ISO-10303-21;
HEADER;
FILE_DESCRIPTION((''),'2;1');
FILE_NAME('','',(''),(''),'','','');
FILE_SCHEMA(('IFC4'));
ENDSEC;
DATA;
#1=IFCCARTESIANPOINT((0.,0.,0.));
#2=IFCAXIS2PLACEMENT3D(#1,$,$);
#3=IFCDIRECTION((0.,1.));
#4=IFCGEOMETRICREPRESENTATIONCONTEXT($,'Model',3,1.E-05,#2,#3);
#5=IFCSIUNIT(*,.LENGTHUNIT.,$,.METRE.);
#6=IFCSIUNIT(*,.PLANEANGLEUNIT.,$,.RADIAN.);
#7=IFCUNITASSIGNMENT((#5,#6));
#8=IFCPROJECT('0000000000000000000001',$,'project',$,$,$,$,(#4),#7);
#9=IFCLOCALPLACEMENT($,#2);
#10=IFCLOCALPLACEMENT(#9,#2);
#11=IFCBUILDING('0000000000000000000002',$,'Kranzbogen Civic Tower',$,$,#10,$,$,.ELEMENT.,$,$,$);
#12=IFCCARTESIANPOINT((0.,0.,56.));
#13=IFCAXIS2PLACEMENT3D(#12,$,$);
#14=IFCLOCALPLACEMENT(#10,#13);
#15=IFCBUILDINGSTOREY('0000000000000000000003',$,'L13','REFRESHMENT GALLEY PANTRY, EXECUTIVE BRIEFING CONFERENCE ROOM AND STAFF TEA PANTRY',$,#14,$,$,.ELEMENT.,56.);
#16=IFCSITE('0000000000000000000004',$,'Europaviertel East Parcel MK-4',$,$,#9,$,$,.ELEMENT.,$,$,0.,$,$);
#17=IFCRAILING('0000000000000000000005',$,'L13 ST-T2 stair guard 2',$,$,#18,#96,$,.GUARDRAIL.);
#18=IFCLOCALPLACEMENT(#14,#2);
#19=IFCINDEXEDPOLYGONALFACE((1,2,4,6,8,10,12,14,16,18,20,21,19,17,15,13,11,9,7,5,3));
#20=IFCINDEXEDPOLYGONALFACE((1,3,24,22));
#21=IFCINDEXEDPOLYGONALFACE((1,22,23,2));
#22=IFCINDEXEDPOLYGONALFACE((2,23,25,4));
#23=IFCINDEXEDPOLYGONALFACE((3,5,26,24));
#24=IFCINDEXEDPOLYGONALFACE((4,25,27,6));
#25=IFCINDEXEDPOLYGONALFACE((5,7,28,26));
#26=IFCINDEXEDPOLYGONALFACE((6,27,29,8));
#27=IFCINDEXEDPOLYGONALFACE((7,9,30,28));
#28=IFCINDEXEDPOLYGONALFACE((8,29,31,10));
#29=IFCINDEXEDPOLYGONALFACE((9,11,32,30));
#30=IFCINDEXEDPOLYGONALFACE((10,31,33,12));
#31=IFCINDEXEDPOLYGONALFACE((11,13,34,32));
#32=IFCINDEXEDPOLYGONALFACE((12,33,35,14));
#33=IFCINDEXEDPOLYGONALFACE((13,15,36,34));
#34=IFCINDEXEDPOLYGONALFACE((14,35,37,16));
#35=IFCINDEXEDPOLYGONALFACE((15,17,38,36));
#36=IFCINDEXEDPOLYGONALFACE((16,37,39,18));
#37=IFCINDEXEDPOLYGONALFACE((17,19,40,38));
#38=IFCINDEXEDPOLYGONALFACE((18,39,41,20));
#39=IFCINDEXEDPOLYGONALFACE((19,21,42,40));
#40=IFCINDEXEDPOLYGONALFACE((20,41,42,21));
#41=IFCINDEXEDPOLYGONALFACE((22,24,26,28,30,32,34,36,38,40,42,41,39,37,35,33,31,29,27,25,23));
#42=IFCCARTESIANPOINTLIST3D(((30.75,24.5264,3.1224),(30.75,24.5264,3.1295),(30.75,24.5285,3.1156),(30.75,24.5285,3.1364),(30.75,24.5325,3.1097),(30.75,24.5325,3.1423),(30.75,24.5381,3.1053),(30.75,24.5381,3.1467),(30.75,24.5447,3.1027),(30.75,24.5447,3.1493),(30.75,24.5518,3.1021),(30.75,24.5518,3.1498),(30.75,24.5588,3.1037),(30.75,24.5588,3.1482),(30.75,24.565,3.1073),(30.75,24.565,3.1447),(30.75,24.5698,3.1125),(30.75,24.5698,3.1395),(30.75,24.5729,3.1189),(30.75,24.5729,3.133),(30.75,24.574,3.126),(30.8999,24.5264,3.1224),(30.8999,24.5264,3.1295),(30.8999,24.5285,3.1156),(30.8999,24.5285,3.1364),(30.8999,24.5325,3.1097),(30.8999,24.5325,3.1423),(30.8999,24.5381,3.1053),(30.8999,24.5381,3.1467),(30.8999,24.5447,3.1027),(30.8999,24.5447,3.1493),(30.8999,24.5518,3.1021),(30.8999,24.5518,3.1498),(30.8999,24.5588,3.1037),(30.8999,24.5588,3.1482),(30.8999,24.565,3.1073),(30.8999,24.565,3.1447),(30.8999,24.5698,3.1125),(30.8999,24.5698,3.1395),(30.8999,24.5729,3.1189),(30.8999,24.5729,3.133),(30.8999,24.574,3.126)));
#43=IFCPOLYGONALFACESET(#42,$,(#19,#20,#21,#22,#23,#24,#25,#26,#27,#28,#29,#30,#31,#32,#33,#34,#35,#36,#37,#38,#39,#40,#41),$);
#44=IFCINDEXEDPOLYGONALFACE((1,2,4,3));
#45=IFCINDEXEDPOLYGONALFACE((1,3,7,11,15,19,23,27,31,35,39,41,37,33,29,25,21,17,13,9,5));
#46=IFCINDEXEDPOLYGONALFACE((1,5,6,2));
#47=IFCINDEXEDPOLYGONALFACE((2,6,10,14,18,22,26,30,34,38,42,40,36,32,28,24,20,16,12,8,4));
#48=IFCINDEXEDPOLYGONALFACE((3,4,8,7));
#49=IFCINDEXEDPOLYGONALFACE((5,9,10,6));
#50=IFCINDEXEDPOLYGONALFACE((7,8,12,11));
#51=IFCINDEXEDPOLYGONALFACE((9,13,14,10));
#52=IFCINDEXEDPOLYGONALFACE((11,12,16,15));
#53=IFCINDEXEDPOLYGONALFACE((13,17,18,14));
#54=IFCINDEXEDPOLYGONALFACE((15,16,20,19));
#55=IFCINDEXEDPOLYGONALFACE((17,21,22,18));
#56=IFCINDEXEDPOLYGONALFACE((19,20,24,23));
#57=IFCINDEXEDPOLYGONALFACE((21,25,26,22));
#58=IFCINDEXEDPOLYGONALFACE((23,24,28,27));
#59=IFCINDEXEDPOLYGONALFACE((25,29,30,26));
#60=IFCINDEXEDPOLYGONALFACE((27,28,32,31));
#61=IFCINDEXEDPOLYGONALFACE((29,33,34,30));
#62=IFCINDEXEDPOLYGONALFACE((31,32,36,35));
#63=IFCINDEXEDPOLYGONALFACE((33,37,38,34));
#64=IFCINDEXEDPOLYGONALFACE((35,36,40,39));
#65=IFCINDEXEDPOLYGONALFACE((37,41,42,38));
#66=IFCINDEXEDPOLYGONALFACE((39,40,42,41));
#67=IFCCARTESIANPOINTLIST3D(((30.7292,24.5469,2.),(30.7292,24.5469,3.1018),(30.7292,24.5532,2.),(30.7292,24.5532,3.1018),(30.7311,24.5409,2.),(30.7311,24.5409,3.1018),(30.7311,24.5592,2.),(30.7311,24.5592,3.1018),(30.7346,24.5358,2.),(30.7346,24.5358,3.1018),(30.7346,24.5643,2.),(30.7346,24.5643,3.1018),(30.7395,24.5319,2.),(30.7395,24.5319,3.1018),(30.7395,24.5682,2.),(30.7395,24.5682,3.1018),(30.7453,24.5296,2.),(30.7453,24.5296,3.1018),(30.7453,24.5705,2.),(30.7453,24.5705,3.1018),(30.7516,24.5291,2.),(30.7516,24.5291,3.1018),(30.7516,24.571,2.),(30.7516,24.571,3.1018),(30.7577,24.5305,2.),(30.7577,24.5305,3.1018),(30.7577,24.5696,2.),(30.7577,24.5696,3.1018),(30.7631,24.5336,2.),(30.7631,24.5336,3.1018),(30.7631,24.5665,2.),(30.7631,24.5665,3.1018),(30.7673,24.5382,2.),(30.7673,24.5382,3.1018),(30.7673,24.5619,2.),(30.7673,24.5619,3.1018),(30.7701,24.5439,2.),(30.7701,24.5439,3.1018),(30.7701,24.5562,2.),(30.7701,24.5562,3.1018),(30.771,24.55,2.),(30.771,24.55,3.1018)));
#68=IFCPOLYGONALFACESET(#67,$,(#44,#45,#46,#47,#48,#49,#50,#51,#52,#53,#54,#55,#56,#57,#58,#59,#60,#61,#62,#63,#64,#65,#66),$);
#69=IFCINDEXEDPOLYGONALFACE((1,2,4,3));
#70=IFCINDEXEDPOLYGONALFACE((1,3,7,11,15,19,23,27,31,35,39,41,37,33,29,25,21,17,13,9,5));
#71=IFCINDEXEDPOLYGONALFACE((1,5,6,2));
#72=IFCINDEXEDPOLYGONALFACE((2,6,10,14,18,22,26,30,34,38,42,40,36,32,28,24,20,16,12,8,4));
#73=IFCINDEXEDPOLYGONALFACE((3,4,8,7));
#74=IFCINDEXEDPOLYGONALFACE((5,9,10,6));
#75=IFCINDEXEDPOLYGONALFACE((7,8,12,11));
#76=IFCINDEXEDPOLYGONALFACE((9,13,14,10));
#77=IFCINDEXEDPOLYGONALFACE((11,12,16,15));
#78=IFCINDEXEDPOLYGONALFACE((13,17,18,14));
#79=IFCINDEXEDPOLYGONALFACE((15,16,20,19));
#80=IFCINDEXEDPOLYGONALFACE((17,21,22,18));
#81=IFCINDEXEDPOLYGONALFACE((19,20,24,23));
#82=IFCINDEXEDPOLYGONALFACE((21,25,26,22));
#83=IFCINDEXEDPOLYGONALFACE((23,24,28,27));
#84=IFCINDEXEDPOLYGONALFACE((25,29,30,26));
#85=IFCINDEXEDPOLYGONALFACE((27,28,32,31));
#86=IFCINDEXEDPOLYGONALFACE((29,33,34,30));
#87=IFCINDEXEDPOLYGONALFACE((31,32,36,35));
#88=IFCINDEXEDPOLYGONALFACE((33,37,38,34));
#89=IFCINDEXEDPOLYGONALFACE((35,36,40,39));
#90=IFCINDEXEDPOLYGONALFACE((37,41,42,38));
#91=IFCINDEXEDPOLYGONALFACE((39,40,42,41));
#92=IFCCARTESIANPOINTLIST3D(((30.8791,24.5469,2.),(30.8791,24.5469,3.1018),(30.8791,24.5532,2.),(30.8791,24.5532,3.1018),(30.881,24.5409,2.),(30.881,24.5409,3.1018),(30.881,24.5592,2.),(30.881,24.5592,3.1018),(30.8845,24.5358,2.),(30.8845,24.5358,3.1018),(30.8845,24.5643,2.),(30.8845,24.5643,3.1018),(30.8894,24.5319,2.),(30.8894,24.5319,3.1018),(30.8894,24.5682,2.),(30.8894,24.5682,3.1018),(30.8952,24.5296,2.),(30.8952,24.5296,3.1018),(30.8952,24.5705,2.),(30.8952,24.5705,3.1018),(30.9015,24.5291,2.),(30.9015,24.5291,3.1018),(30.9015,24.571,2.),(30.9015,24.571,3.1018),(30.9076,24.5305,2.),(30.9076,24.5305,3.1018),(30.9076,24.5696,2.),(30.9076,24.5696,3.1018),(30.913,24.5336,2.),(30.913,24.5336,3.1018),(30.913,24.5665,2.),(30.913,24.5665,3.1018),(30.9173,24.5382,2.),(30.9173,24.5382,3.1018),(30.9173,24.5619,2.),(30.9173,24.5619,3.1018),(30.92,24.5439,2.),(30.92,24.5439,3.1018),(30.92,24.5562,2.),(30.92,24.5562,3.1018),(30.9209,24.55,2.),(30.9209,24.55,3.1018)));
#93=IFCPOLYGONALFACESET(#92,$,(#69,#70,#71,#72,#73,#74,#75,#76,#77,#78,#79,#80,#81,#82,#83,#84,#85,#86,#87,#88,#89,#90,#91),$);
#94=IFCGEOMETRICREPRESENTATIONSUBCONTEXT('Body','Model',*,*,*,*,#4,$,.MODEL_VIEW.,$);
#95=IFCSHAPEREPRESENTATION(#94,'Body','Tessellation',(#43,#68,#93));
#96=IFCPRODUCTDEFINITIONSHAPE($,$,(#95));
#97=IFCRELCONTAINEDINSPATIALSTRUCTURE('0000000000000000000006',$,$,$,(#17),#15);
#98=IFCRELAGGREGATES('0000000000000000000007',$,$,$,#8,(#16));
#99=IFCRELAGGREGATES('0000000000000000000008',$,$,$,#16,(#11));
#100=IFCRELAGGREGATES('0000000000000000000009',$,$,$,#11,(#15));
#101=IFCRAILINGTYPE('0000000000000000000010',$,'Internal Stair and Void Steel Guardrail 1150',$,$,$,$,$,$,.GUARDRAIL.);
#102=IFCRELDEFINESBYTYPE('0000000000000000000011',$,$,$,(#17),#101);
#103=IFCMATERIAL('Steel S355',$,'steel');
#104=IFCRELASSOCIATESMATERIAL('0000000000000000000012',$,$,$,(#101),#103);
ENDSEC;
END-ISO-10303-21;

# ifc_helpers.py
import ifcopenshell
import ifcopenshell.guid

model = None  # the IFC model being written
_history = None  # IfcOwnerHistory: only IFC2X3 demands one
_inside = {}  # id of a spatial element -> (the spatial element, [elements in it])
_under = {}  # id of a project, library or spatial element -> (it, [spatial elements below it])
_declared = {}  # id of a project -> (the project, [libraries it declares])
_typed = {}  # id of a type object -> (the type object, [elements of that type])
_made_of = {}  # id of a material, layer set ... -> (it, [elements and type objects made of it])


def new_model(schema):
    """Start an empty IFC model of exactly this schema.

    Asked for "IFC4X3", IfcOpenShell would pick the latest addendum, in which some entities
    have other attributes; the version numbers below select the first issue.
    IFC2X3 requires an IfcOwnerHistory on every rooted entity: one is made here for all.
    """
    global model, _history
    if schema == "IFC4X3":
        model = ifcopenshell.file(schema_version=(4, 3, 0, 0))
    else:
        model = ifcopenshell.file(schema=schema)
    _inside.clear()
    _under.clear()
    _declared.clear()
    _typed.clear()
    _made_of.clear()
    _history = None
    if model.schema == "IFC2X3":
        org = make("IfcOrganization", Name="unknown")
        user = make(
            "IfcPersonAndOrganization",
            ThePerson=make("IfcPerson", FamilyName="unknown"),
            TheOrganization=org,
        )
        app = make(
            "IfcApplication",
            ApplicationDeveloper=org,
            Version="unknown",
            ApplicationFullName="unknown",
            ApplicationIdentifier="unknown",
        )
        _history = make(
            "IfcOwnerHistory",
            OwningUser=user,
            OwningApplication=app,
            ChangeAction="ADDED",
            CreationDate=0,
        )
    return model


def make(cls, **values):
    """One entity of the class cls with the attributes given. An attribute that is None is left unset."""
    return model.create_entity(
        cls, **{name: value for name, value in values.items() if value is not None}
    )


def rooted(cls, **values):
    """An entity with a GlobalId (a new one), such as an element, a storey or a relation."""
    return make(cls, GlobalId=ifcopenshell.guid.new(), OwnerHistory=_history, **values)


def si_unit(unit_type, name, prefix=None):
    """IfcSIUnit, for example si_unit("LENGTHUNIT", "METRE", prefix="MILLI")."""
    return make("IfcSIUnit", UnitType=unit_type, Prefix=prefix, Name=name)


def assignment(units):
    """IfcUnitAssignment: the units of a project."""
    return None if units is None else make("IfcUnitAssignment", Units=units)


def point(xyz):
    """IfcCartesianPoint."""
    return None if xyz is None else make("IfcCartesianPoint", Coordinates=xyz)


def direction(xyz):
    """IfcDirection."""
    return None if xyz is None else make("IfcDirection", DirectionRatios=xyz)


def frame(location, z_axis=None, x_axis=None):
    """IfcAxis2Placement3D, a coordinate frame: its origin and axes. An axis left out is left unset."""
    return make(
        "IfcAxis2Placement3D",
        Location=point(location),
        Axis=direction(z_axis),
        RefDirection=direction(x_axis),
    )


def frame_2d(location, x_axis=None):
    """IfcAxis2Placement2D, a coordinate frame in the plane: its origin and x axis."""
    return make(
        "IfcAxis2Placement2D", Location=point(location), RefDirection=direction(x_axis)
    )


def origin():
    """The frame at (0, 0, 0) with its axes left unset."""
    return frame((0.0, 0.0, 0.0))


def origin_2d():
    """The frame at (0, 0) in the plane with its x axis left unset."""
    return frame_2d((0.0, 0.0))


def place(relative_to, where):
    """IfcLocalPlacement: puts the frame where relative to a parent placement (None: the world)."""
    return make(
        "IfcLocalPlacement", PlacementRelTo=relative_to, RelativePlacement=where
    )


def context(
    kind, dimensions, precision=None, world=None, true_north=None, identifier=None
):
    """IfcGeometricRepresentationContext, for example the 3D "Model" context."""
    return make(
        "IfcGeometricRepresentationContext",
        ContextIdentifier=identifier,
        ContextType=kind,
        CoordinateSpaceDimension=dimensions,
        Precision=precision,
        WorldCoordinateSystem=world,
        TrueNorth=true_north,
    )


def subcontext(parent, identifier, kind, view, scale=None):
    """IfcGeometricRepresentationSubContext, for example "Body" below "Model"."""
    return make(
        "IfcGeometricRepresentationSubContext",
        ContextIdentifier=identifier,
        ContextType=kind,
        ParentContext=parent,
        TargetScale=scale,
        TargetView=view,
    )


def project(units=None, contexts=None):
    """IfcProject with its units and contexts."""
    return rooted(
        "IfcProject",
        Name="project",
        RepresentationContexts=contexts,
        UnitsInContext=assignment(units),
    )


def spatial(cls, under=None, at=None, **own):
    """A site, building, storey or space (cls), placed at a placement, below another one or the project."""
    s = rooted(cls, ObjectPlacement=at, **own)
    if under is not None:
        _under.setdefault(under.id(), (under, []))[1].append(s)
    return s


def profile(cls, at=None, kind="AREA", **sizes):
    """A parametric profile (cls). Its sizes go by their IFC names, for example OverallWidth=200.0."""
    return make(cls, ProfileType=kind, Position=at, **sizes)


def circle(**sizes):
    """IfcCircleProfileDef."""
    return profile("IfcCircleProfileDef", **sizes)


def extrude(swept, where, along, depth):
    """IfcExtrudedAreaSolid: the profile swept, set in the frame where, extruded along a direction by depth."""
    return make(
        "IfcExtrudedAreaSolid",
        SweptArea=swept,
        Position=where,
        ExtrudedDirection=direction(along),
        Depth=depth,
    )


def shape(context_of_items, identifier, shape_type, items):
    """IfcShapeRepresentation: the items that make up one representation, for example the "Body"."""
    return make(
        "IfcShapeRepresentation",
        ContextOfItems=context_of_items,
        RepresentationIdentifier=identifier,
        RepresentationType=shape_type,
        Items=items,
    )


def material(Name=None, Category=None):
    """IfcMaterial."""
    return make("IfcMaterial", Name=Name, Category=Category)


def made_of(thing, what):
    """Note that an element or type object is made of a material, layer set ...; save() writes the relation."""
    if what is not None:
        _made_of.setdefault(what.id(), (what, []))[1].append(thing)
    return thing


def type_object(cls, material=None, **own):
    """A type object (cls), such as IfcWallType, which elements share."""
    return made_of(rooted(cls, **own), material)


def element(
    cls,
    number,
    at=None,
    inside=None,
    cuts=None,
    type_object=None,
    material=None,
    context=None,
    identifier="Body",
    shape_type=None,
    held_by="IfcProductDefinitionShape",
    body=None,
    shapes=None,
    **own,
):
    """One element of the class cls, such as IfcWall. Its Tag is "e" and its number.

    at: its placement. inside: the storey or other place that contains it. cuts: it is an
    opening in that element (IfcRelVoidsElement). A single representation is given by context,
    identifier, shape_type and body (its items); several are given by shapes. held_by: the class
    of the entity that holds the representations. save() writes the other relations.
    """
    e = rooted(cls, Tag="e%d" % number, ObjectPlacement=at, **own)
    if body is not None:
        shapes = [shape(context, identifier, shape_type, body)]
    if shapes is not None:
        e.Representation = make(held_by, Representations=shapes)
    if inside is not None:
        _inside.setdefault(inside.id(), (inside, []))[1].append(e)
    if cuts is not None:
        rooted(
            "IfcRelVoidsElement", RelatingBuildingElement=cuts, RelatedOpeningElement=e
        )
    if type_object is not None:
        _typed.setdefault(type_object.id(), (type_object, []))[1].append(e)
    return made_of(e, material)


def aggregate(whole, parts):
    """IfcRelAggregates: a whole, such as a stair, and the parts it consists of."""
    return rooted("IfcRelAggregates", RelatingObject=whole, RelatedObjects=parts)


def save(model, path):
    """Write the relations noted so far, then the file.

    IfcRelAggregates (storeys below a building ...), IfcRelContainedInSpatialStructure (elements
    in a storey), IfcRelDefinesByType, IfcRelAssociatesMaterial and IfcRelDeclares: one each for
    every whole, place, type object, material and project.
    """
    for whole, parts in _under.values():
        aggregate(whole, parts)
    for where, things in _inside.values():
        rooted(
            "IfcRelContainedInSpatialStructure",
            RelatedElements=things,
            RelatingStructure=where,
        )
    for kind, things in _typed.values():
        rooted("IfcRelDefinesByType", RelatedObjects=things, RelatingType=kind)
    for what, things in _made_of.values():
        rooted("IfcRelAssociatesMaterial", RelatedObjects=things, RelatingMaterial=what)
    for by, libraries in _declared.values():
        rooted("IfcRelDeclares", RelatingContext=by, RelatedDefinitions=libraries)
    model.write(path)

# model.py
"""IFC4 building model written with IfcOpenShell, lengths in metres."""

from ifc_helpers import new_model, si_unit, direction, frame, origin, origin_2d, place, context, subcontext, project, spatial, circle, extrude, material, type_object, element, save


model = new_model("IFC4")

# Units and contexts
model_context = context("Model", 3, precision=1e-05, world=origin(), true_north=direction((0.0, 1.0)))
body_context = subcontext(model_context, "Body", "Model", "MODEL_VIEW")
ifc_project = project(units=[si_unit("LENGTHUNIT", "METRE"), si_unit("PLANEANGLEUNIT", "RADIAN")], contexts=[model_context])

# Site, building, storey
site_placement = place(None, origin())
site = spatial("IfcSite", under=ifc_project, at=site_placement, Name="Europaviertel East Parcel MK-4", CompositionType="ELEMENT", RefElevation=0.0)
building_placement = place(site_placement, origin())
building = spatial("IfcBuilding", under=site, at=building_placement, Name="Kranzbogen Civic Tower", CompositionType="ELEMENT")
storey_placement = place(building_placement, frame((0.0, 0.0, 56.0)))
storey = spatial("IfcBuildingStorey", under=building, at=storey_placement, Name="L13", Description="REFRESHMENT GALLEY PANTRY, EXECUTIVE BRIEFING CONFERENCE ROOM AND STAFF TEA PANTRY", CompositionType="ELEMENT", Elevation=56.0)

# Shared definitions
ifc_material_1 = material(Name="Steel S355", Category="steel")

# Railing
railing_type_1 = type_object("IfcRailingType", Name="Internal Stair and Void Steel Guardrail 1150", PredefinedType="GUARDRAIL", material=ifc_material_1)
railing_1_placement = place(storey_placement, frame((30.75, 24.55, 2.0)))
element("IfcRailing", 1, at=railing_1_placement, inside=storey, type_object=railing_type_1, Name="L13 ST-T2 stair guard 2", PredefinedType="GUARDRAIL", context=body_context, shape_type="SweptSolid", body=[
    extrude(circle(Radius=0.0239, at=origin_2d()), frame((0.0, 0.0, 1.126), z_axis=(1.0, 0.0, 0.0), x_axis=(0.0, 1.0, 0.0)), (0.0, 0.0, 1.0), 0.1499),
    extrude(circle(Radius=0.021, at=origin_2d()), origin(), (0.0, 0.0, 1.0), 1.1018),
    extrude(circle(Radius=0.021, at=origin_2d()), frame((0.1499, 0.0, 0.0)), (0.0, 0.0, 1.0), 1.1018),
])

save(model, "model.ifc")
